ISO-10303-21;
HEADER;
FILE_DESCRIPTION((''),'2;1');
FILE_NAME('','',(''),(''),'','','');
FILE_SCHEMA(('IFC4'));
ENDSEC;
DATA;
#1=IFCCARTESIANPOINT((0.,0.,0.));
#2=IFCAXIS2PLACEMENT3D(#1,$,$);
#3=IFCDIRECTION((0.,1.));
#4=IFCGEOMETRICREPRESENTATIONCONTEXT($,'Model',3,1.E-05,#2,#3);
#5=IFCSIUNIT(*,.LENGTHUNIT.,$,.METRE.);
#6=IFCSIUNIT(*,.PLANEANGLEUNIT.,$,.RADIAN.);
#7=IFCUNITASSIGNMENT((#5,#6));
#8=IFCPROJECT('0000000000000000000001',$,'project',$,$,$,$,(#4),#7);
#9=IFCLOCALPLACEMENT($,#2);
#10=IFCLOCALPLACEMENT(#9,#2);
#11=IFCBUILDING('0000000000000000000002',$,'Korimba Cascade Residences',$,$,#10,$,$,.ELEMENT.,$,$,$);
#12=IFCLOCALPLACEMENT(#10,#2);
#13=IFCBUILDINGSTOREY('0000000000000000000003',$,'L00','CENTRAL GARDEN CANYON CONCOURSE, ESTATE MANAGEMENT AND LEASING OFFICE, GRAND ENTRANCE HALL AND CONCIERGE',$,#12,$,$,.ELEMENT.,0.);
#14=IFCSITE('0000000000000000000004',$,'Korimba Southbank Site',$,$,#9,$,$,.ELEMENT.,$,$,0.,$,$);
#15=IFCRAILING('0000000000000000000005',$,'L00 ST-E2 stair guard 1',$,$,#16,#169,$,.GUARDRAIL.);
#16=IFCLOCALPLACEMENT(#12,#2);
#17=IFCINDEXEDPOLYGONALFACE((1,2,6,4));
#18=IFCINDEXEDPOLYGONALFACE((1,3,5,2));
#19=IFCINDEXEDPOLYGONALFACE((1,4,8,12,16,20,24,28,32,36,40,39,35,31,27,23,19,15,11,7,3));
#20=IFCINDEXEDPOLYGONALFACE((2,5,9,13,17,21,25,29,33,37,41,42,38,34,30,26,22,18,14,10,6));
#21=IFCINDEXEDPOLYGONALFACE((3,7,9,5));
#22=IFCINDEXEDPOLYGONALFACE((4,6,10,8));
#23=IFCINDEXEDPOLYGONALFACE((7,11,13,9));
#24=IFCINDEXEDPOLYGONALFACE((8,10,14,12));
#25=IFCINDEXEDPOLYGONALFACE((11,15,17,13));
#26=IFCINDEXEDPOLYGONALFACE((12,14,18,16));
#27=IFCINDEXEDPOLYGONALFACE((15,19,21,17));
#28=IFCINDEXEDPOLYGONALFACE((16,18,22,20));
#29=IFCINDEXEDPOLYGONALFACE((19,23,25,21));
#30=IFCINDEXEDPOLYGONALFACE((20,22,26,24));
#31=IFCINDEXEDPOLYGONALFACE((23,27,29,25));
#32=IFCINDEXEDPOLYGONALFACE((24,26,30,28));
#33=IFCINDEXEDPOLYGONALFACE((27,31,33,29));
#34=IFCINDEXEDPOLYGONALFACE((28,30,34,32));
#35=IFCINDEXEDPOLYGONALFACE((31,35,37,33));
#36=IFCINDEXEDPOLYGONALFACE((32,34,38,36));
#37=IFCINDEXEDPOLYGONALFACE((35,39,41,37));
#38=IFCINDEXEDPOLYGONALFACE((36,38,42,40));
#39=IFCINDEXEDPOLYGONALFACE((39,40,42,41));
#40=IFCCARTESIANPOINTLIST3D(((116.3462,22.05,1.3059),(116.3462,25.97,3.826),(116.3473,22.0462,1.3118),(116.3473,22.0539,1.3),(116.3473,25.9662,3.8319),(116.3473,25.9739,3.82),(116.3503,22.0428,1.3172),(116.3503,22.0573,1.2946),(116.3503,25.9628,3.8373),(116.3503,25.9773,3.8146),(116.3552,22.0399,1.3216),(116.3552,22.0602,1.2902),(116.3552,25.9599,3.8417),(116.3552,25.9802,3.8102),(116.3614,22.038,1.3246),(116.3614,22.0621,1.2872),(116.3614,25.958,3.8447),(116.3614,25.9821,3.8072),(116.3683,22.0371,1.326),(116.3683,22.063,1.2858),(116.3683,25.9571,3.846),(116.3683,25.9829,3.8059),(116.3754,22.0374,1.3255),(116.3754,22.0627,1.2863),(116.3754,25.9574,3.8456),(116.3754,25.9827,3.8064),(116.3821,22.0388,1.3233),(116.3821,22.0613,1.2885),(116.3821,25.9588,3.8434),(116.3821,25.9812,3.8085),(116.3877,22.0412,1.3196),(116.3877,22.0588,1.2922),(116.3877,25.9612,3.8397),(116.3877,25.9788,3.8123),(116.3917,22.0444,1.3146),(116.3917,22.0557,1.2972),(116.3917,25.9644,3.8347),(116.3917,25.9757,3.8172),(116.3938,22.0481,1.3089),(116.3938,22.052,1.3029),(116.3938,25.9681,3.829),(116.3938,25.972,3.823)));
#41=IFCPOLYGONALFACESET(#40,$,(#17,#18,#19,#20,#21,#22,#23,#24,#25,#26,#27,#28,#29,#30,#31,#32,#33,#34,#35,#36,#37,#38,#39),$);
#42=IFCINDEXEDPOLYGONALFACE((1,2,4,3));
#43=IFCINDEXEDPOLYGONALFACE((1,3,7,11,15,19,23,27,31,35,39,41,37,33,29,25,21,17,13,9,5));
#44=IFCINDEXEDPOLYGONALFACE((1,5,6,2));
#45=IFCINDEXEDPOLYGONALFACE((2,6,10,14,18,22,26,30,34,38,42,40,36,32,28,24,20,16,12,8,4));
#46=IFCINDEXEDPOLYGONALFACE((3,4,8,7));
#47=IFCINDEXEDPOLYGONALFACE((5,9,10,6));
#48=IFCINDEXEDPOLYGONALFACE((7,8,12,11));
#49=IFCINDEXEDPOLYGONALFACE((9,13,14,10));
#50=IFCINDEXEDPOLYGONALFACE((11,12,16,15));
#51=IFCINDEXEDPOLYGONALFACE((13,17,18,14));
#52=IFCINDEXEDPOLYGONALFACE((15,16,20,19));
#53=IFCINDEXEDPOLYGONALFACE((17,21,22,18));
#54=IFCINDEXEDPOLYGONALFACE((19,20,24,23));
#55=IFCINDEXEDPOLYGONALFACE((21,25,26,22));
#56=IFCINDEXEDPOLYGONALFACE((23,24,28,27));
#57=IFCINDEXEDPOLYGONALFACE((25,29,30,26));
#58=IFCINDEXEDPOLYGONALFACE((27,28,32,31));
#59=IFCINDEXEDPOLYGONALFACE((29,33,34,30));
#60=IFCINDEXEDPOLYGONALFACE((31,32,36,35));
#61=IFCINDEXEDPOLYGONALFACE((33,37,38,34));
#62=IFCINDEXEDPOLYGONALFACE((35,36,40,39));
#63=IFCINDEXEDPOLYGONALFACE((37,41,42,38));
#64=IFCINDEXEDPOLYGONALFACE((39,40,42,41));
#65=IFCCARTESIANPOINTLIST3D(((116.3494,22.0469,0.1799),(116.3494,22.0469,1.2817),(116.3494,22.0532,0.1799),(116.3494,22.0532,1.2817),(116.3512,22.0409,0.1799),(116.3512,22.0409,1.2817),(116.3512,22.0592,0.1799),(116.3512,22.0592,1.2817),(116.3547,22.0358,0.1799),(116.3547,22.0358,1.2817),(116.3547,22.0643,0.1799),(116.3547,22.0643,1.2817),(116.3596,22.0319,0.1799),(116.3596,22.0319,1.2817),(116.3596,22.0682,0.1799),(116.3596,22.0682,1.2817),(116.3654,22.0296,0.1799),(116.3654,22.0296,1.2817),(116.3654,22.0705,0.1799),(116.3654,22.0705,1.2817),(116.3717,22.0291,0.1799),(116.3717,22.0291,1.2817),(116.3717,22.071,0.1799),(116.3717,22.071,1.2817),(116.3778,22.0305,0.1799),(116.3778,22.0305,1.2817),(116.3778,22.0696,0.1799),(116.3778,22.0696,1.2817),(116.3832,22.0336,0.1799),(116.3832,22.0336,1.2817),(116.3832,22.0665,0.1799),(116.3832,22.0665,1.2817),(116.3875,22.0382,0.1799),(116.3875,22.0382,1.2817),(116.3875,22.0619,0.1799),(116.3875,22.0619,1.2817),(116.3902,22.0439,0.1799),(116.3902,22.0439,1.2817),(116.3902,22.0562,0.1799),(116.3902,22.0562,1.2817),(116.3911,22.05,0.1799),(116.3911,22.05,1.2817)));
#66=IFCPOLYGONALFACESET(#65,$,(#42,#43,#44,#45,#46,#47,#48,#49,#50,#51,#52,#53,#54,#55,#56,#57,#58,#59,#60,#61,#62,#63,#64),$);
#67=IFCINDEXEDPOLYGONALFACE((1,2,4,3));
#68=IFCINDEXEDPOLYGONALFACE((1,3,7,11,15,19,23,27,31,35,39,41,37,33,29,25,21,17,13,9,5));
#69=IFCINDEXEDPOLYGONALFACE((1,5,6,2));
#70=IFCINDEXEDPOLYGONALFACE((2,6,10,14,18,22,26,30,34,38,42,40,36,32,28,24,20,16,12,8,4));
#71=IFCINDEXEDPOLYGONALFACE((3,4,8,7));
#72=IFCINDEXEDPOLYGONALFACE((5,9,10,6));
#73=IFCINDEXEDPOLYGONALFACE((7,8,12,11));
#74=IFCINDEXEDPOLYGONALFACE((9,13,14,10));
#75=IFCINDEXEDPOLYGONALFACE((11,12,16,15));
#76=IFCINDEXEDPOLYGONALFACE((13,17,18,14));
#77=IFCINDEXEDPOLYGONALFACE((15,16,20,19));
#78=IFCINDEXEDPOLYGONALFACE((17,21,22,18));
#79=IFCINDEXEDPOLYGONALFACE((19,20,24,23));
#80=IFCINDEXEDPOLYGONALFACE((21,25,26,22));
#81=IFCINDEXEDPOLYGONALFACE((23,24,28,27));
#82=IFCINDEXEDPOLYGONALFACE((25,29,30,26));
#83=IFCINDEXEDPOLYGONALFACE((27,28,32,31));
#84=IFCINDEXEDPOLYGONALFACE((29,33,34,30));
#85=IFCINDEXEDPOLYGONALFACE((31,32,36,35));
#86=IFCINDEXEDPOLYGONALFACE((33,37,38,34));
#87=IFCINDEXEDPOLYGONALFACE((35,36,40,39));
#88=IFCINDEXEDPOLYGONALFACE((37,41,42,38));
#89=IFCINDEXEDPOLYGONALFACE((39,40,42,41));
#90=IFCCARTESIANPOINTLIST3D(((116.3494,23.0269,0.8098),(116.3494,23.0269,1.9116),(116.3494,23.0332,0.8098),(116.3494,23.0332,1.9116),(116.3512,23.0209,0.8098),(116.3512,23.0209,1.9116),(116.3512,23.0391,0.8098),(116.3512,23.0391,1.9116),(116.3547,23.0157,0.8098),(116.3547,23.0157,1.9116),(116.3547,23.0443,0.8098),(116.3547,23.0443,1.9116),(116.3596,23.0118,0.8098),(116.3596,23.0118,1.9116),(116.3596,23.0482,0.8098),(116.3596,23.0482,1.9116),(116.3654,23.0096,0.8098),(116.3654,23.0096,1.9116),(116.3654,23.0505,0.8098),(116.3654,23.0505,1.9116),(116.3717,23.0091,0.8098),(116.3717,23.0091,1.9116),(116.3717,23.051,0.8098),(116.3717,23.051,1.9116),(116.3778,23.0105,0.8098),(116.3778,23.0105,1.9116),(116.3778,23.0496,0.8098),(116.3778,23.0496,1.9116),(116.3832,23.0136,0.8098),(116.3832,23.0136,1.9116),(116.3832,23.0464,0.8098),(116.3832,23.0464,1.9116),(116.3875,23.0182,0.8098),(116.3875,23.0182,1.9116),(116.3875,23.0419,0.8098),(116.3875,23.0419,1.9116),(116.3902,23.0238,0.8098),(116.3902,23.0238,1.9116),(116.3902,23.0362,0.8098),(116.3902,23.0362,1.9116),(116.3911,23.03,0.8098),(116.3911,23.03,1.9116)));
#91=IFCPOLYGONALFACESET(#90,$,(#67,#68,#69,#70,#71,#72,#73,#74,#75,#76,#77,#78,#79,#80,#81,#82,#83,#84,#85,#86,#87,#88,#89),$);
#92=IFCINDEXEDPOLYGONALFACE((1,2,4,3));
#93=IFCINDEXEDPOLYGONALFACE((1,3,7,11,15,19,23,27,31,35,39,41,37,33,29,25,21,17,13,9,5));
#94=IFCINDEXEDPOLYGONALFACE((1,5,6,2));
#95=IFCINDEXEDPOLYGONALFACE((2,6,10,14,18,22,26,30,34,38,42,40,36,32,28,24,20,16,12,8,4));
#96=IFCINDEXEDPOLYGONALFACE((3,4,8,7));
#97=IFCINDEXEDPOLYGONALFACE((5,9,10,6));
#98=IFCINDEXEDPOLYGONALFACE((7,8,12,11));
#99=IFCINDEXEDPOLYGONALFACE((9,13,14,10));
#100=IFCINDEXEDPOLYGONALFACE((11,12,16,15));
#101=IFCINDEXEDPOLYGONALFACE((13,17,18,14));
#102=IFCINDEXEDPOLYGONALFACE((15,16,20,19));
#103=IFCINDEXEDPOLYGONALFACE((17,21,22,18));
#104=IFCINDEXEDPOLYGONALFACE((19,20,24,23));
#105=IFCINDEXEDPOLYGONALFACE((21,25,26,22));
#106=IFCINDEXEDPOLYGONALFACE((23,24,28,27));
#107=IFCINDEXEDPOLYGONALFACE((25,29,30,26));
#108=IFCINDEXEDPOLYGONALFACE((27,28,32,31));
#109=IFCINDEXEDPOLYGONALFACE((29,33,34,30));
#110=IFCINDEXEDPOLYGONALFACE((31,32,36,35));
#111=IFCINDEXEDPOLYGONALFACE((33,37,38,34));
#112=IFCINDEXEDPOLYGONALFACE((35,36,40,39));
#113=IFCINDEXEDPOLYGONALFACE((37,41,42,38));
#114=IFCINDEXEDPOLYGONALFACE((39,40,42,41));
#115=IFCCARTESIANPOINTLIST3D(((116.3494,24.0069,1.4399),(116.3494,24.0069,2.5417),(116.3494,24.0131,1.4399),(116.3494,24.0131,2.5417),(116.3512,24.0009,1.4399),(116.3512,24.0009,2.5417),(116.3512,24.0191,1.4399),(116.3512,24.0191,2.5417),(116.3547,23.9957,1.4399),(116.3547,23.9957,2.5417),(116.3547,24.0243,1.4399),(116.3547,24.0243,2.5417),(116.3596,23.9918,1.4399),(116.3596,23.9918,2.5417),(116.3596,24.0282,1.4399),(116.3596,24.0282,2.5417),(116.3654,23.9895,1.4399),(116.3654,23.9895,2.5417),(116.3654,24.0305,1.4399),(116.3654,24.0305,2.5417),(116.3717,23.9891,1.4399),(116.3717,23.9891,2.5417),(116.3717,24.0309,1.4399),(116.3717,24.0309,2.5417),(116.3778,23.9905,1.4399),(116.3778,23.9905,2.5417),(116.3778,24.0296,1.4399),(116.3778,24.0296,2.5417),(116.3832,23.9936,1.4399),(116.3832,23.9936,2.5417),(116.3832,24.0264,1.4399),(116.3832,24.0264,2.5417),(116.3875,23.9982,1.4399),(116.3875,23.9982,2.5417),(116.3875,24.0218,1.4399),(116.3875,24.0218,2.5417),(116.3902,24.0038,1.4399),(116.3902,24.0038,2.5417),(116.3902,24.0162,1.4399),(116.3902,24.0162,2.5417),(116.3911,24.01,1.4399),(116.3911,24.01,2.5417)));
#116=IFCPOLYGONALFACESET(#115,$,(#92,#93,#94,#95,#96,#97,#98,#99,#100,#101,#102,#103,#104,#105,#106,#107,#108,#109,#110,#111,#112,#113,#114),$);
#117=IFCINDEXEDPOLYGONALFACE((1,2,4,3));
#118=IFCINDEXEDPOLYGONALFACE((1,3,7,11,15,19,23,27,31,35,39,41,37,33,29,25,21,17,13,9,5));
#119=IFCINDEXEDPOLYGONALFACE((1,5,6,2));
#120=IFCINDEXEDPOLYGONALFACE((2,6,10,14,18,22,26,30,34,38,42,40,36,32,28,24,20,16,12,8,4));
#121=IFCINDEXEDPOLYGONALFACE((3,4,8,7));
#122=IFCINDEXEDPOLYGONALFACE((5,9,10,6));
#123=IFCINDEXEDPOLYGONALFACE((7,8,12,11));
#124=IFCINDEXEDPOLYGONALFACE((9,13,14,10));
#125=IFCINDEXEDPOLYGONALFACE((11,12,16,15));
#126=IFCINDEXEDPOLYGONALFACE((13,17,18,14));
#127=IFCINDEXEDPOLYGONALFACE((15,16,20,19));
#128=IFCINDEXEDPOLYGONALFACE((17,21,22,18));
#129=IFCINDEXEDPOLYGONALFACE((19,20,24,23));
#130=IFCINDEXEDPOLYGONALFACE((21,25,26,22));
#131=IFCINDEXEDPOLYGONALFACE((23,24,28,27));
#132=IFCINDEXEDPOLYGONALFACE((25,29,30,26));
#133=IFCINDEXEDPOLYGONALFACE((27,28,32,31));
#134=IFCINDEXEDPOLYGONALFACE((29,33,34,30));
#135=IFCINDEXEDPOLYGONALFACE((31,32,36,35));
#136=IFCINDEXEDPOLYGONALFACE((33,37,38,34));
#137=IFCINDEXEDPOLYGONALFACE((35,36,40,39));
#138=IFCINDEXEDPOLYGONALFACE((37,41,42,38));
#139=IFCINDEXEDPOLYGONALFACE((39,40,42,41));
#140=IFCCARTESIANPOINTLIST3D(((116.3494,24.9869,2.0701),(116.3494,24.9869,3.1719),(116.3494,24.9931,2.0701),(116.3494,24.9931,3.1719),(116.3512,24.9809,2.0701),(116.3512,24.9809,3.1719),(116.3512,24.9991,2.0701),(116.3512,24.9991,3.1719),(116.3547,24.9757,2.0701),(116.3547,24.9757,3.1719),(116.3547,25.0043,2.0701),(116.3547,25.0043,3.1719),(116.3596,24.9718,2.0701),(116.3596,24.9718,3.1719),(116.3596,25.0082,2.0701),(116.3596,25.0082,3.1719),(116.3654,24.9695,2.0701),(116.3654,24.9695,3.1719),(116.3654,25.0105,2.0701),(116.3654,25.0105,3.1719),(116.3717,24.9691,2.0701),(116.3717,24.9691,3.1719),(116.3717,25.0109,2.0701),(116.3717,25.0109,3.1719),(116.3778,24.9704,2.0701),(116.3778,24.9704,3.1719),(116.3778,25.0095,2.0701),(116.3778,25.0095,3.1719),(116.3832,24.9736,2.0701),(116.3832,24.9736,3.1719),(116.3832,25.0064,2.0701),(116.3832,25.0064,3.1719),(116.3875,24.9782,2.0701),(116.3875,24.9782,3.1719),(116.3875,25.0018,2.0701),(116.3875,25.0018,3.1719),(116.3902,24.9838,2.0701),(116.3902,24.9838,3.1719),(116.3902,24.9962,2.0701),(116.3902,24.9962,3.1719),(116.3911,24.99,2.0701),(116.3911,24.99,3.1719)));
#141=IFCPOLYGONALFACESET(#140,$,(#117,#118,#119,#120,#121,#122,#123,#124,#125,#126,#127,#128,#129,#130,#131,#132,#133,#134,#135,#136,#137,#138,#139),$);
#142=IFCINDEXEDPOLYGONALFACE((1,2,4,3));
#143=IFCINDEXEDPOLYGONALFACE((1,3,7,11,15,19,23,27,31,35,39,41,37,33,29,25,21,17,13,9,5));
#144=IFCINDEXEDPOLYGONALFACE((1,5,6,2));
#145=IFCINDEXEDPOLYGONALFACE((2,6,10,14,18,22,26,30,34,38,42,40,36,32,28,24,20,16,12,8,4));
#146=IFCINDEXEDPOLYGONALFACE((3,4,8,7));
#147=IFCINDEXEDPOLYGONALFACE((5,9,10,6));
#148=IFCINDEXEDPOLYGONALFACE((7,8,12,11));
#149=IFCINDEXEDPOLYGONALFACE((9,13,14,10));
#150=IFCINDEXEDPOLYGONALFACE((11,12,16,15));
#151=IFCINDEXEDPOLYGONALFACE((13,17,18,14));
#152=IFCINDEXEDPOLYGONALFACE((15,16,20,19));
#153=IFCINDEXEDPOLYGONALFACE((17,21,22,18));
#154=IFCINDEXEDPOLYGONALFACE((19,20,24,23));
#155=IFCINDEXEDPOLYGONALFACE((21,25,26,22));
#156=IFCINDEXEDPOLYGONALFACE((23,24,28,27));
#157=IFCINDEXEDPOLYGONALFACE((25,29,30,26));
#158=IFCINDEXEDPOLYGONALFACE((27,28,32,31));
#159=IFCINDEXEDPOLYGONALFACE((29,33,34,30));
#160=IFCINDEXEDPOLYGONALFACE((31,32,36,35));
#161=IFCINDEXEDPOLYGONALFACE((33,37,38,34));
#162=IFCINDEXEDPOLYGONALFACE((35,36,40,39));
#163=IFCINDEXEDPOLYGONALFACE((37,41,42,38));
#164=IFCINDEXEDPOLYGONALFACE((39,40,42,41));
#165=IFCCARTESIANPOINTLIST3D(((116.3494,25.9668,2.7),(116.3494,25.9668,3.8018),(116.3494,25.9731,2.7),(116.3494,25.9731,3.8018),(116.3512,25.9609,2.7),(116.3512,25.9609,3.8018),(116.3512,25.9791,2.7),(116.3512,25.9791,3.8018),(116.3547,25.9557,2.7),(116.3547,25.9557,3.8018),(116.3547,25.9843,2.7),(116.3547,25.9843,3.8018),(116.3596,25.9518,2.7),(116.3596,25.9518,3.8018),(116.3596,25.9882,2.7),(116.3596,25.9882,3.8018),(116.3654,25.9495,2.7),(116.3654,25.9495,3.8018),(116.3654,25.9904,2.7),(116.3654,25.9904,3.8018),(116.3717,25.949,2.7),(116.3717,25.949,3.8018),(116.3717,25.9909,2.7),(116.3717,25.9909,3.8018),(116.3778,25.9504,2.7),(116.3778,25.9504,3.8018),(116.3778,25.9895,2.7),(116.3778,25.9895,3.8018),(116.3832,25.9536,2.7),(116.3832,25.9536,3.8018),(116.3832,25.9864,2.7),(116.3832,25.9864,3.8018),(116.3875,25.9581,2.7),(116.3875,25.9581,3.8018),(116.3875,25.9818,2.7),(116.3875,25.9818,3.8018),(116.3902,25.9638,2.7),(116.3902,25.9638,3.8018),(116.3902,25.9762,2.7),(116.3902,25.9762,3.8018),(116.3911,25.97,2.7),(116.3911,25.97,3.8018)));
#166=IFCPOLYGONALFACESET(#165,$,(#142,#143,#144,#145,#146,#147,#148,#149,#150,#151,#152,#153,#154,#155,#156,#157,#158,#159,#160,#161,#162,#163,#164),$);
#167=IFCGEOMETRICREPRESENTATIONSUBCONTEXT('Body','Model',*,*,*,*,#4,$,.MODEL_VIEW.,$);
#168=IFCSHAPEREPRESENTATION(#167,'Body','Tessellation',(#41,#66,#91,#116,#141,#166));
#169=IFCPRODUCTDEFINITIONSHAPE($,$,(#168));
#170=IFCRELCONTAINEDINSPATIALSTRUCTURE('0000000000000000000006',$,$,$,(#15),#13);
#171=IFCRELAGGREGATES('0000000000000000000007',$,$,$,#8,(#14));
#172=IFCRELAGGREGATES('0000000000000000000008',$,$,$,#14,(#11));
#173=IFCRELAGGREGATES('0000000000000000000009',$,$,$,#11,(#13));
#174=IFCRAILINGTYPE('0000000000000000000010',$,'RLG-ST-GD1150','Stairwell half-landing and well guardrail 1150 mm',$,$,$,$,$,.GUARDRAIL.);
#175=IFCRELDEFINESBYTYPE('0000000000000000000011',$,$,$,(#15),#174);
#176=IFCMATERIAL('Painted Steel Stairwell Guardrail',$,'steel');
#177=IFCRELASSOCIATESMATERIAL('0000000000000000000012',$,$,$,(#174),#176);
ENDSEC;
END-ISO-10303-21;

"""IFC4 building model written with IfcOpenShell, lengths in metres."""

from ifc_helpers import new_model, si_unit, direction, frame, origin, origin_2d, place, context, subcontext, project, spatial, circle, extrude, material, type_object, element, save


model = new_model("IFC4")

# Units and contexts
model_context = context("Model", 3, precision=1e-05, world=origin(), true_north=direction((0.0, 1.0)))
body_context = subcontext(model_context, "Body", "Model", "MODEL_VIEW")
ifc_project = project(units=[si_unit("LENGTHUNIT", "METRE"), si_unit("PLANEANGLEUNIT", "RADIAN")], contexts=[model_context])

# Site, building, storey
site_placement = place(None, origin())
site = spatial("IfcSite", under=ifc_project, at=site_placement, Name="Korimba Southbank Site", CompositionType="ELEMENT", RefElevation=0.0)
building_placement = place(site_placement, origin())
building = spatial("IfcBuilding", under=site, at=building_placement, Name="Korimba Cascade Residences", CompositionType="ELEMENT")
storey_placement = place(building_placement, origin())
storey = spatial("IfcBuildingStorey", under=building, at=storey_placement, Name="L00", Description="CENTRAL GARDEN CANYON CONCOURSE, ESTATE MANAGEMENT AND LEASING OFFICE, GRAND ENTRANCE HALL AND CONCIERGE", CompositionType="ELEMENT", Elevation=0.0)

# Railing
ifc_material_1 = material(Name="Painted Steel Stairwell Guardrail", Category="steel")
railing_type_1 = type_object("IfcRailingType", Name="RLG-ST-GD1150", Description="Stairwell half-landing and well guardrail 1150 mm", PredefinedType="GUARDRAIL", material=ifc_material_1)
railing_1_placement = place(storey_placement, frame((116.3701, 22.05, 0.1799)))
element("IfcRailing", 1, at=railing_1_placement, inside=storey, type_object=railing_type_1, Name="L00 ST-E2 stair guard 1", PredefinedType="GUARDRAIL", context=body_context, shape_type="SweptSolid", body=[
    extrude(circle(Radius=0.0239, at=origin_2d()), frame((0.0, 0.0, 1.126), z_axis=(0.0, 0.841172, 0.540768), x_axis=(-1.0, 0.0, 0.0)), (0.0, 0.0, 1.0), 4.6602),
    extrude(circle(Radius=0.021, at=origin_2d()), origin(), (0.0, 0.0, 1.0), 1.1018),
    extrude(circle(Radius=0.021, at=origin_2d()), frame((0.0, 0.98, 0.6299)), (0.0, 0.0, 1.0), 1.1018),
    extrude(circle(Radius=0.021, at=origin_2d()), frame((0.0, 1.96, 1.26)), (0.0, 0.0, 1.0), 1.1018),
    extrude(circle(Radius=0.021, at=origin_2d()), frame((0.0, 2.9399, 1.8901)), (0.0, 0.0, 1.0), 1.1018),
    extrude(circle(Radius=0.021, at=origin_2d()), frame((0.0, 3.9199, 2.52)), (0.0, 0.0, 1.0), 1.1018),
])

save(model, "model.ifc")
